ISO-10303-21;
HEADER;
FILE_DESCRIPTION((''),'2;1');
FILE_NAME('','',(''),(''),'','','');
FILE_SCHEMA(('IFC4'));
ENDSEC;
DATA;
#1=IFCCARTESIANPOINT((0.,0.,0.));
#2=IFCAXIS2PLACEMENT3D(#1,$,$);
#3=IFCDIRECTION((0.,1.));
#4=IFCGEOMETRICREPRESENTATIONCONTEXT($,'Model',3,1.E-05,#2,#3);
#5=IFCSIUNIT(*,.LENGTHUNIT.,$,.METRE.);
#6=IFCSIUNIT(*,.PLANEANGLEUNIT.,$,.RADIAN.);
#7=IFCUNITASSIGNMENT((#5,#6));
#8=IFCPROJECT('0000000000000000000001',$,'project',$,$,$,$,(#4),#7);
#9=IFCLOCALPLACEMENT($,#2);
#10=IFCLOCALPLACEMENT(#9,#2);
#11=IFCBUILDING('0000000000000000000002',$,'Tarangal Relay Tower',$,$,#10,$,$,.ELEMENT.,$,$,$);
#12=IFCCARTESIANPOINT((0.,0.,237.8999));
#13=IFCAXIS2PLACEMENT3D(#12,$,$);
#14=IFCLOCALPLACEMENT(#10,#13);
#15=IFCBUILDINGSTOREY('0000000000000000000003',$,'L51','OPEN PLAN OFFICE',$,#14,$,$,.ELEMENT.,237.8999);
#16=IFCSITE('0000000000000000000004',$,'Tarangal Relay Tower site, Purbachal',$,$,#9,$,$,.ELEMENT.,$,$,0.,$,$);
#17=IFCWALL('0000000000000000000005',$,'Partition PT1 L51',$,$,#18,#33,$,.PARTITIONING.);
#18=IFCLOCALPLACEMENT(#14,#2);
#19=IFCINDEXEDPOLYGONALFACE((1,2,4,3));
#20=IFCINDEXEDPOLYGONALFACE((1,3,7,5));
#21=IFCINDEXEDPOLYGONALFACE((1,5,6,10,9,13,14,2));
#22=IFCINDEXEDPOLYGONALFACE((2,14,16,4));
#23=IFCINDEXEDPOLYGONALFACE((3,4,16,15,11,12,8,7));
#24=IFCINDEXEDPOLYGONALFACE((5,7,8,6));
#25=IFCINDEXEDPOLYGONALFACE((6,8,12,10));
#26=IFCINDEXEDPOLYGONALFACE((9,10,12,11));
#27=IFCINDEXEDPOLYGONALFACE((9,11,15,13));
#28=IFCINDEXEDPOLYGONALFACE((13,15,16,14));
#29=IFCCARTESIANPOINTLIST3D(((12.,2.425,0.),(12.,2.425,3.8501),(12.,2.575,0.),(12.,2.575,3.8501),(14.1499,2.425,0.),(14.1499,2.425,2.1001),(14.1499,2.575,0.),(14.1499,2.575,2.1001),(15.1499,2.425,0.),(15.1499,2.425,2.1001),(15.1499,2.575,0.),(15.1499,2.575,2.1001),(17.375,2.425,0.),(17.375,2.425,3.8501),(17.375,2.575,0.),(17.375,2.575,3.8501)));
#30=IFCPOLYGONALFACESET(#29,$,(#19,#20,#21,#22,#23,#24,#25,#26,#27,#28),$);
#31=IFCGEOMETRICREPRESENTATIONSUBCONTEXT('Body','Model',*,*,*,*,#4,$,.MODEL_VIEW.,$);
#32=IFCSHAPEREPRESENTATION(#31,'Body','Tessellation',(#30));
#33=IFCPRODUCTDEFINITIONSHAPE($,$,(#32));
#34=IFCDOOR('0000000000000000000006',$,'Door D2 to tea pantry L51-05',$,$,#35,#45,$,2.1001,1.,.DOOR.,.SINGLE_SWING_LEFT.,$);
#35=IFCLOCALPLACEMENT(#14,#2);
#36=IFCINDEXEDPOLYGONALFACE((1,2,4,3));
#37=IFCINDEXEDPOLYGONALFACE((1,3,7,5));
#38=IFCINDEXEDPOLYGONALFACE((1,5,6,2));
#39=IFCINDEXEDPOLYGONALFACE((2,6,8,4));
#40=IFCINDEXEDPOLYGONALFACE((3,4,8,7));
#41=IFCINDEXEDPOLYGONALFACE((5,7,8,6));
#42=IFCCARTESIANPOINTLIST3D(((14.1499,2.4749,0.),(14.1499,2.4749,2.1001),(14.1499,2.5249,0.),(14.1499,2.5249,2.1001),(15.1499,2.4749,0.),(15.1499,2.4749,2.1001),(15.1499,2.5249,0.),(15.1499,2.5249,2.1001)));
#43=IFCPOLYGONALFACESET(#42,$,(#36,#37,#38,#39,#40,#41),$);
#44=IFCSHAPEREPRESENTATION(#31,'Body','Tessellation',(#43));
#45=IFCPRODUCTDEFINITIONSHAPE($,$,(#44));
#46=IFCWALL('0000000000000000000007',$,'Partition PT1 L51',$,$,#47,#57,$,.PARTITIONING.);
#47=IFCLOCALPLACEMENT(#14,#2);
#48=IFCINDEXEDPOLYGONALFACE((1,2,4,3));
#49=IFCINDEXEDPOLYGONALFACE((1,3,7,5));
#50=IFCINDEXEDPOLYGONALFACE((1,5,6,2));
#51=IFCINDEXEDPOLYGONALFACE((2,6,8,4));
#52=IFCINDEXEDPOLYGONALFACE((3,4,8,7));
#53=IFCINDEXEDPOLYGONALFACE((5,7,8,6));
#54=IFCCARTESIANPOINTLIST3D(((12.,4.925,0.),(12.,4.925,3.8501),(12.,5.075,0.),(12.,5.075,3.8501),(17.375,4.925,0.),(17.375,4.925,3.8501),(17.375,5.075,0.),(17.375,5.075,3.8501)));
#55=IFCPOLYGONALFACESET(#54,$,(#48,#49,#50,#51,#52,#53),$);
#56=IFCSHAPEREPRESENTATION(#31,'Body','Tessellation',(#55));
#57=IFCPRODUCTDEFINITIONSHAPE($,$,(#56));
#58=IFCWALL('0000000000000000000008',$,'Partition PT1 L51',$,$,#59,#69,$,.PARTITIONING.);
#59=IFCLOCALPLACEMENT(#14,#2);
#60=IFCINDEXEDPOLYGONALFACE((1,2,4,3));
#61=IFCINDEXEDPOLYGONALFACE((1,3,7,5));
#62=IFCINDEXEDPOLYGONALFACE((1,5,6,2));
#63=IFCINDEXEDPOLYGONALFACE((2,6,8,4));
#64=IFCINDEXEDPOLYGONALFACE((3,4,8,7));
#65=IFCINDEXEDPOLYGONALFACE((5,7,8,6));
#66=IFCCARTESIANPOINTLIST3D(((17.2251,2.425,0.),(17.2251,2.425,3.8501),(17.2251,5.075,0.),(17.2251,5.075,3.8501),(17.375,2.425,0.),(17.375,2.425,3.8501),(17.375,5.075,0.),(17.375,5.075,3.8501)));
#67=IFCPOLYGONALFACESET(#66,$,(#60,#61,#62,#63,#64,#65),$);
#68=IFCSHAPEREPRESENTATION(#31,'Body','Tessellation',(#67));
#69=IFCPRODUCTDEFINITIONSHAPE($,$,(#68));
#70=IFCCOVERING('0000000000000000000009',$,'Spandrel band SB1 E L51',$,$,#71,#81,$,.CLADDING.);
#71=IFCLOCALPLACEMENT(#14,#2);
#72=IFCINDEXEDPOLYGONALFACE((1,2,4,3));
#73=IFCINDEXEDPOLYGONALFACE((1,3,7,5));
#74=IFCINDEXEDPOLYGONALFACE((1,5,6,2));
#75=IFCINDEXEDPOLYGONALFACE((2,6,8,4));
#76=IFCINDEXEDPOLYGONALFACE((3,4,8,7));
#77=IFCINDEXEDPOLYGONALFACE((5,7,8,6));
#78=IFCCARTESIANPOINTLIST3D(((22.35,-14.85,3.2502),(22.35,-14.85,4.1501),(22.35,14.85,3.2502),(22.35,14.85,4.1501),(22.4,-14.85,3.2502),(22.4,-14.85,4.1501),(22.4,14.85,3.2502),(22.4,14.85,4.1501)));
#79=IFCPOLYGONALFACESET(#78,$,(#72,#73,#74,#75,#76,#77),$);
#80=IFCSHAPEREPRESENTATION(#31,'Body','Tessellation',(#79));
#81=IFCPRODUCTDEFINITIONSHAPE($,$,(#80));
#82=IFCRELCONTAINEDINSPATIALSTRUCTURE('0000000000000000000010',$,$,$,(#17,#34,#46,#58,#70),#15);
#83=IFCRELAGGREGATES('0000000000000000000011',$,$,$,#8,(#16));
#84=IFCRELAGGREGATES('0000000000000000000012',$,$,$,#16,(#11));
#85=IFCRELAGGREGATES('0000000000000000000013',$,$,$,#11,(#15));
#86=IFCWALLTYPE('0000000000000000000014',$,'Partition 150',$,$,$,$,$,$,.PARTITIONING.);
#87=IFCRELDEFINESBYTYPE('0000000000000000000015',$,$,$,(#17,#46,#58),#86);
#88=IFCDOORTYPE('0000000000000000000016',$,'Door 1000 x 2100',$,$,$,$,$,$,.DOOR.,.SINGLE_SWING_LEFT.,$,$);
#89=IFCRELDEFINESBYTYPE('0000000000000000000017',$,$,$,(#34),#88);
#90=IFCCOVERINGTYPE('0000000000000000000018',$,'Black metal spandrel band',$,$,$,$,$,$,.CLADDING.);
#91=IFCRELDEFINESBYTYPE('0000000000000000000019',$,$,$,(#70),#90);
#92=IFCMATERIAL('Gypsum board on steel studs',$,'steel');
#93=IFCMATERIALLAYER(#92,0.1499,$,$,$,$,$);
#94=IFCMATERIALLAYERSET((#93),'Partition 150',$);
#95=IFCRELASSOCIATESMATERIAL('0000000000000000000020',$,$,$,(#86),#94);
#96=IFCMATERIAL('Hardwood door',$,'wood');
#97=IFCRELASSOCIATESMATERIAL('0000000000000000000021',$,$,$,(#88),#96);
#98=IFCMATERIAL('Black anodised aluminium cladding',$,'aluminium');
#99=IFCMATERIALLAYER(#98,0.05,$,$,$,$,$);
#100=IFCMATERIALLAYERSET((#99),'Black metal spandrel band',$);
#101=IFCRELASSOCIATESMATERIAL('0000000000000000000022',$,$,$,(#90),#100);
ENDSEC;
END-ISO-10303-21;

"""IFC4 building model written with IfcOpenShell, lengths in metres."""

from ifc_helpers import new_model, si_unit, direction, frame, frame_2d, origin, origin_2d, place, context, subcontext, project, spatial, rectangle, extrude, material, layer, layer_set, type_object, element, fill, save


model = new_model("IFC4")

# Units and contexts
model_context = context("Model", 3, precision=1e-05, world=origin(), true_north=direction((0.0, 1.0)))
body_context = subcontext(model_context, "Body", "Model", "MODEL_VIEW")
ifc_project = project(units=[si_unit("LENGTHUNIT", "METRE"), si_unit("PLANEANGLEUNIT", "RADIAN")], contexts=[model_context])

# Site, building, storey
site_placement = place(None, origin())
site = spatial("IfcSite", under=ifc_project, at=site_placement, Name="Tarangal Relay Tower site, Purbachal", CompositionType="ELEMENT", RefElevation=0.0)
building_placement = place(site_placement, origin())
building = spatial("IfcBuilding", under=site, at=building_placement, Name="Tarangal Relay Tower", CompositionType="ELEMENT")
storey_placement = place(building_placement, frame((0.0, 0.0, 237.8999)))
storey = spatial("IfcBuildingStorey", under=building, at=storey_placement, Name="L51", Description="OPEN PLAN OFFICE", CompositionType="ELEMENT", Elevation=237.8999)

# Wall, opening, door
ifc_material_1 = material(Name="Gypsum board on steel studs", Category="steel")
ifc_layer_1 = layer(ifc_material_1, 0.1499)
ifc_layer_set_1 = layer_set([ifc_layer_1], Name="Partition 150")
wall_type_1 = type_object("IfcWallType", Name="Partition 150", PredefinedType="PARTITIONING", material=ifc_layer_set_1)
wall_1_placement = place(storey_placement, frame((12.0, 2.5, 0.0), z_axis=(0.0, 0.0, 1.0), x_axis=(1.0, 0.0, 0.0)))
wall_1 = element("IfcWall", 1, at=wall_1_placement, inside=storey, type_object=wall_type_1, Name="Partition PT1 L51", PredefinedType="PARTITIONING", context=body_context, shape_type="SweptSolid", body=[
    extrude(rectangle(XDim=5.375, YDim=0.1499, at=frame_2d((2.6875, 0.0))), origin(), (0.0, 0.0, 1.0), 3.8501),
])
opening_placement = place(wall_1_placement, frame((2.1499, 0.0, 0.0)))
opening = element("IfcOpeningElement", 2, at=opening_placement, cuts=wall_1, PredefinedType="OPENING", context=body_context, shape_type="SweptSolid", body=[
    extrude(rectangle(XDim=1.0, YDim=2.1001, at=frame_2d((0.5, 1.05))), frame((0.0, 0.085, 0.0), z_axis=(0.0, -1.0, 0.0), x_axis=(1.0, 0.0, 0.0)), (0.0, 0.0, 1.0), 0.1699),
])
ifc_material_2 = material(Name="Hardwood door", Category="wood")
door_type = type_object("IfcDoorType", Name="Door 1000 x 2100", OperationType="SINGLE_SWING_LEFT", PredefinedType="DOOR", material=ifc_material_2)
door_placement = place(opening_placement, origin())
door = element("IfcDoor", 3, at=door_placement, inside=storey, type_object=door_type, Name="Door D2 to tea pantry L51-05", OperationType="SINGLE_SWING_LEFT", OverallHeight=2.1001, OverallWidth=1.0, PredefinedType="DOOR", context=body_context, shape_type="SweptSolid", body=[
    extrude(rectangle(XDim=1.0, YDim=2.1001, at=frame_2d((0.5, 1.05))), frame((0.0, 0.0249, 0.0), z_axis=(0.0, -1.0, 0.0), x_axis=(1.0, 0.0, 0.0)), (0.0, 0.0, 1.0), 0.05),
])
fill(opening, door)

# Walls
wall_2_placement = place(storey_placement, frame((12.0, 5.0, 0.0), z_axis=(0.0, 0.0, 1.0), x_axis=(1.0, 0.0, 0.0)))
element("IfcWall", 4, at=wall_2_placement, inside=storey, type_object=wall_type_1, Name="Partition PT1 L51", PredefinedType="PARTITIONING", context=body_context, shape_type="SweptSolid", body=[
    extrude(rectangle(XDim=5.375, YDim=0.1499, at=frame_2d((2.6875, 0.0))), origin(), (0.0, 0.0, 1.0), 3.8501),
])
wall_3_placement = place(storey_placement, frame((17.3, 2.425, 0.0), z_axis=(0.0, 0.0, 1.0), x_axis=(0.0, 1.0, 0.0)))
element("IfcWall", 5, at=wall_3_placement, inside=storey, type_object=wall_type_1, Name="Partition PT1 L51", PredefinedType="PARTITIONING", context=body_context, shape_type="SweptSolid", body=[
    extrude(rectangle(XDim=2.6499, YDim=0.1499, at=frame_2d((1.325, 0.0))), origin(), (0.0, 0.0, 1.0), 3.8501),
])

# Covering
ifc_material_3 = material(Name="Black anodised aluminium cladding", Category="aluminium")
ifc_layer_2 = layer(ifc_material_3, 0.05)
ifc_layer_set_2 = layer_set([ifc_layer_2], Name="Black metal spandrel band")
covering_type = type_object("IfcCoveringType", Name="Black metal spandrel band", PredefinedType="CLADDING", material=ifc_layer_set_2)
covering_placement = place(storey_placement, frame((22.375, 0.0, 3.2502), z_axis=(0.0, 0.0, 1.0), x_axis=(0.0, -1.0, 0.0)))
element("IfcCovering", 6, at=covering_placement, inside=storey, type_object=covering_type, Name="Spandrel band SB1 E L51", PredefinedType="CLADDING", context=body_context, shape_type="SweptSolid", body=[
    extrude(rectangle(XDim=29.7, YDim=0.05, at=origin_2d()), origin(), (0.0, 0.0, 1.0), 0.8999),
])

save(model, "model.ifc")
